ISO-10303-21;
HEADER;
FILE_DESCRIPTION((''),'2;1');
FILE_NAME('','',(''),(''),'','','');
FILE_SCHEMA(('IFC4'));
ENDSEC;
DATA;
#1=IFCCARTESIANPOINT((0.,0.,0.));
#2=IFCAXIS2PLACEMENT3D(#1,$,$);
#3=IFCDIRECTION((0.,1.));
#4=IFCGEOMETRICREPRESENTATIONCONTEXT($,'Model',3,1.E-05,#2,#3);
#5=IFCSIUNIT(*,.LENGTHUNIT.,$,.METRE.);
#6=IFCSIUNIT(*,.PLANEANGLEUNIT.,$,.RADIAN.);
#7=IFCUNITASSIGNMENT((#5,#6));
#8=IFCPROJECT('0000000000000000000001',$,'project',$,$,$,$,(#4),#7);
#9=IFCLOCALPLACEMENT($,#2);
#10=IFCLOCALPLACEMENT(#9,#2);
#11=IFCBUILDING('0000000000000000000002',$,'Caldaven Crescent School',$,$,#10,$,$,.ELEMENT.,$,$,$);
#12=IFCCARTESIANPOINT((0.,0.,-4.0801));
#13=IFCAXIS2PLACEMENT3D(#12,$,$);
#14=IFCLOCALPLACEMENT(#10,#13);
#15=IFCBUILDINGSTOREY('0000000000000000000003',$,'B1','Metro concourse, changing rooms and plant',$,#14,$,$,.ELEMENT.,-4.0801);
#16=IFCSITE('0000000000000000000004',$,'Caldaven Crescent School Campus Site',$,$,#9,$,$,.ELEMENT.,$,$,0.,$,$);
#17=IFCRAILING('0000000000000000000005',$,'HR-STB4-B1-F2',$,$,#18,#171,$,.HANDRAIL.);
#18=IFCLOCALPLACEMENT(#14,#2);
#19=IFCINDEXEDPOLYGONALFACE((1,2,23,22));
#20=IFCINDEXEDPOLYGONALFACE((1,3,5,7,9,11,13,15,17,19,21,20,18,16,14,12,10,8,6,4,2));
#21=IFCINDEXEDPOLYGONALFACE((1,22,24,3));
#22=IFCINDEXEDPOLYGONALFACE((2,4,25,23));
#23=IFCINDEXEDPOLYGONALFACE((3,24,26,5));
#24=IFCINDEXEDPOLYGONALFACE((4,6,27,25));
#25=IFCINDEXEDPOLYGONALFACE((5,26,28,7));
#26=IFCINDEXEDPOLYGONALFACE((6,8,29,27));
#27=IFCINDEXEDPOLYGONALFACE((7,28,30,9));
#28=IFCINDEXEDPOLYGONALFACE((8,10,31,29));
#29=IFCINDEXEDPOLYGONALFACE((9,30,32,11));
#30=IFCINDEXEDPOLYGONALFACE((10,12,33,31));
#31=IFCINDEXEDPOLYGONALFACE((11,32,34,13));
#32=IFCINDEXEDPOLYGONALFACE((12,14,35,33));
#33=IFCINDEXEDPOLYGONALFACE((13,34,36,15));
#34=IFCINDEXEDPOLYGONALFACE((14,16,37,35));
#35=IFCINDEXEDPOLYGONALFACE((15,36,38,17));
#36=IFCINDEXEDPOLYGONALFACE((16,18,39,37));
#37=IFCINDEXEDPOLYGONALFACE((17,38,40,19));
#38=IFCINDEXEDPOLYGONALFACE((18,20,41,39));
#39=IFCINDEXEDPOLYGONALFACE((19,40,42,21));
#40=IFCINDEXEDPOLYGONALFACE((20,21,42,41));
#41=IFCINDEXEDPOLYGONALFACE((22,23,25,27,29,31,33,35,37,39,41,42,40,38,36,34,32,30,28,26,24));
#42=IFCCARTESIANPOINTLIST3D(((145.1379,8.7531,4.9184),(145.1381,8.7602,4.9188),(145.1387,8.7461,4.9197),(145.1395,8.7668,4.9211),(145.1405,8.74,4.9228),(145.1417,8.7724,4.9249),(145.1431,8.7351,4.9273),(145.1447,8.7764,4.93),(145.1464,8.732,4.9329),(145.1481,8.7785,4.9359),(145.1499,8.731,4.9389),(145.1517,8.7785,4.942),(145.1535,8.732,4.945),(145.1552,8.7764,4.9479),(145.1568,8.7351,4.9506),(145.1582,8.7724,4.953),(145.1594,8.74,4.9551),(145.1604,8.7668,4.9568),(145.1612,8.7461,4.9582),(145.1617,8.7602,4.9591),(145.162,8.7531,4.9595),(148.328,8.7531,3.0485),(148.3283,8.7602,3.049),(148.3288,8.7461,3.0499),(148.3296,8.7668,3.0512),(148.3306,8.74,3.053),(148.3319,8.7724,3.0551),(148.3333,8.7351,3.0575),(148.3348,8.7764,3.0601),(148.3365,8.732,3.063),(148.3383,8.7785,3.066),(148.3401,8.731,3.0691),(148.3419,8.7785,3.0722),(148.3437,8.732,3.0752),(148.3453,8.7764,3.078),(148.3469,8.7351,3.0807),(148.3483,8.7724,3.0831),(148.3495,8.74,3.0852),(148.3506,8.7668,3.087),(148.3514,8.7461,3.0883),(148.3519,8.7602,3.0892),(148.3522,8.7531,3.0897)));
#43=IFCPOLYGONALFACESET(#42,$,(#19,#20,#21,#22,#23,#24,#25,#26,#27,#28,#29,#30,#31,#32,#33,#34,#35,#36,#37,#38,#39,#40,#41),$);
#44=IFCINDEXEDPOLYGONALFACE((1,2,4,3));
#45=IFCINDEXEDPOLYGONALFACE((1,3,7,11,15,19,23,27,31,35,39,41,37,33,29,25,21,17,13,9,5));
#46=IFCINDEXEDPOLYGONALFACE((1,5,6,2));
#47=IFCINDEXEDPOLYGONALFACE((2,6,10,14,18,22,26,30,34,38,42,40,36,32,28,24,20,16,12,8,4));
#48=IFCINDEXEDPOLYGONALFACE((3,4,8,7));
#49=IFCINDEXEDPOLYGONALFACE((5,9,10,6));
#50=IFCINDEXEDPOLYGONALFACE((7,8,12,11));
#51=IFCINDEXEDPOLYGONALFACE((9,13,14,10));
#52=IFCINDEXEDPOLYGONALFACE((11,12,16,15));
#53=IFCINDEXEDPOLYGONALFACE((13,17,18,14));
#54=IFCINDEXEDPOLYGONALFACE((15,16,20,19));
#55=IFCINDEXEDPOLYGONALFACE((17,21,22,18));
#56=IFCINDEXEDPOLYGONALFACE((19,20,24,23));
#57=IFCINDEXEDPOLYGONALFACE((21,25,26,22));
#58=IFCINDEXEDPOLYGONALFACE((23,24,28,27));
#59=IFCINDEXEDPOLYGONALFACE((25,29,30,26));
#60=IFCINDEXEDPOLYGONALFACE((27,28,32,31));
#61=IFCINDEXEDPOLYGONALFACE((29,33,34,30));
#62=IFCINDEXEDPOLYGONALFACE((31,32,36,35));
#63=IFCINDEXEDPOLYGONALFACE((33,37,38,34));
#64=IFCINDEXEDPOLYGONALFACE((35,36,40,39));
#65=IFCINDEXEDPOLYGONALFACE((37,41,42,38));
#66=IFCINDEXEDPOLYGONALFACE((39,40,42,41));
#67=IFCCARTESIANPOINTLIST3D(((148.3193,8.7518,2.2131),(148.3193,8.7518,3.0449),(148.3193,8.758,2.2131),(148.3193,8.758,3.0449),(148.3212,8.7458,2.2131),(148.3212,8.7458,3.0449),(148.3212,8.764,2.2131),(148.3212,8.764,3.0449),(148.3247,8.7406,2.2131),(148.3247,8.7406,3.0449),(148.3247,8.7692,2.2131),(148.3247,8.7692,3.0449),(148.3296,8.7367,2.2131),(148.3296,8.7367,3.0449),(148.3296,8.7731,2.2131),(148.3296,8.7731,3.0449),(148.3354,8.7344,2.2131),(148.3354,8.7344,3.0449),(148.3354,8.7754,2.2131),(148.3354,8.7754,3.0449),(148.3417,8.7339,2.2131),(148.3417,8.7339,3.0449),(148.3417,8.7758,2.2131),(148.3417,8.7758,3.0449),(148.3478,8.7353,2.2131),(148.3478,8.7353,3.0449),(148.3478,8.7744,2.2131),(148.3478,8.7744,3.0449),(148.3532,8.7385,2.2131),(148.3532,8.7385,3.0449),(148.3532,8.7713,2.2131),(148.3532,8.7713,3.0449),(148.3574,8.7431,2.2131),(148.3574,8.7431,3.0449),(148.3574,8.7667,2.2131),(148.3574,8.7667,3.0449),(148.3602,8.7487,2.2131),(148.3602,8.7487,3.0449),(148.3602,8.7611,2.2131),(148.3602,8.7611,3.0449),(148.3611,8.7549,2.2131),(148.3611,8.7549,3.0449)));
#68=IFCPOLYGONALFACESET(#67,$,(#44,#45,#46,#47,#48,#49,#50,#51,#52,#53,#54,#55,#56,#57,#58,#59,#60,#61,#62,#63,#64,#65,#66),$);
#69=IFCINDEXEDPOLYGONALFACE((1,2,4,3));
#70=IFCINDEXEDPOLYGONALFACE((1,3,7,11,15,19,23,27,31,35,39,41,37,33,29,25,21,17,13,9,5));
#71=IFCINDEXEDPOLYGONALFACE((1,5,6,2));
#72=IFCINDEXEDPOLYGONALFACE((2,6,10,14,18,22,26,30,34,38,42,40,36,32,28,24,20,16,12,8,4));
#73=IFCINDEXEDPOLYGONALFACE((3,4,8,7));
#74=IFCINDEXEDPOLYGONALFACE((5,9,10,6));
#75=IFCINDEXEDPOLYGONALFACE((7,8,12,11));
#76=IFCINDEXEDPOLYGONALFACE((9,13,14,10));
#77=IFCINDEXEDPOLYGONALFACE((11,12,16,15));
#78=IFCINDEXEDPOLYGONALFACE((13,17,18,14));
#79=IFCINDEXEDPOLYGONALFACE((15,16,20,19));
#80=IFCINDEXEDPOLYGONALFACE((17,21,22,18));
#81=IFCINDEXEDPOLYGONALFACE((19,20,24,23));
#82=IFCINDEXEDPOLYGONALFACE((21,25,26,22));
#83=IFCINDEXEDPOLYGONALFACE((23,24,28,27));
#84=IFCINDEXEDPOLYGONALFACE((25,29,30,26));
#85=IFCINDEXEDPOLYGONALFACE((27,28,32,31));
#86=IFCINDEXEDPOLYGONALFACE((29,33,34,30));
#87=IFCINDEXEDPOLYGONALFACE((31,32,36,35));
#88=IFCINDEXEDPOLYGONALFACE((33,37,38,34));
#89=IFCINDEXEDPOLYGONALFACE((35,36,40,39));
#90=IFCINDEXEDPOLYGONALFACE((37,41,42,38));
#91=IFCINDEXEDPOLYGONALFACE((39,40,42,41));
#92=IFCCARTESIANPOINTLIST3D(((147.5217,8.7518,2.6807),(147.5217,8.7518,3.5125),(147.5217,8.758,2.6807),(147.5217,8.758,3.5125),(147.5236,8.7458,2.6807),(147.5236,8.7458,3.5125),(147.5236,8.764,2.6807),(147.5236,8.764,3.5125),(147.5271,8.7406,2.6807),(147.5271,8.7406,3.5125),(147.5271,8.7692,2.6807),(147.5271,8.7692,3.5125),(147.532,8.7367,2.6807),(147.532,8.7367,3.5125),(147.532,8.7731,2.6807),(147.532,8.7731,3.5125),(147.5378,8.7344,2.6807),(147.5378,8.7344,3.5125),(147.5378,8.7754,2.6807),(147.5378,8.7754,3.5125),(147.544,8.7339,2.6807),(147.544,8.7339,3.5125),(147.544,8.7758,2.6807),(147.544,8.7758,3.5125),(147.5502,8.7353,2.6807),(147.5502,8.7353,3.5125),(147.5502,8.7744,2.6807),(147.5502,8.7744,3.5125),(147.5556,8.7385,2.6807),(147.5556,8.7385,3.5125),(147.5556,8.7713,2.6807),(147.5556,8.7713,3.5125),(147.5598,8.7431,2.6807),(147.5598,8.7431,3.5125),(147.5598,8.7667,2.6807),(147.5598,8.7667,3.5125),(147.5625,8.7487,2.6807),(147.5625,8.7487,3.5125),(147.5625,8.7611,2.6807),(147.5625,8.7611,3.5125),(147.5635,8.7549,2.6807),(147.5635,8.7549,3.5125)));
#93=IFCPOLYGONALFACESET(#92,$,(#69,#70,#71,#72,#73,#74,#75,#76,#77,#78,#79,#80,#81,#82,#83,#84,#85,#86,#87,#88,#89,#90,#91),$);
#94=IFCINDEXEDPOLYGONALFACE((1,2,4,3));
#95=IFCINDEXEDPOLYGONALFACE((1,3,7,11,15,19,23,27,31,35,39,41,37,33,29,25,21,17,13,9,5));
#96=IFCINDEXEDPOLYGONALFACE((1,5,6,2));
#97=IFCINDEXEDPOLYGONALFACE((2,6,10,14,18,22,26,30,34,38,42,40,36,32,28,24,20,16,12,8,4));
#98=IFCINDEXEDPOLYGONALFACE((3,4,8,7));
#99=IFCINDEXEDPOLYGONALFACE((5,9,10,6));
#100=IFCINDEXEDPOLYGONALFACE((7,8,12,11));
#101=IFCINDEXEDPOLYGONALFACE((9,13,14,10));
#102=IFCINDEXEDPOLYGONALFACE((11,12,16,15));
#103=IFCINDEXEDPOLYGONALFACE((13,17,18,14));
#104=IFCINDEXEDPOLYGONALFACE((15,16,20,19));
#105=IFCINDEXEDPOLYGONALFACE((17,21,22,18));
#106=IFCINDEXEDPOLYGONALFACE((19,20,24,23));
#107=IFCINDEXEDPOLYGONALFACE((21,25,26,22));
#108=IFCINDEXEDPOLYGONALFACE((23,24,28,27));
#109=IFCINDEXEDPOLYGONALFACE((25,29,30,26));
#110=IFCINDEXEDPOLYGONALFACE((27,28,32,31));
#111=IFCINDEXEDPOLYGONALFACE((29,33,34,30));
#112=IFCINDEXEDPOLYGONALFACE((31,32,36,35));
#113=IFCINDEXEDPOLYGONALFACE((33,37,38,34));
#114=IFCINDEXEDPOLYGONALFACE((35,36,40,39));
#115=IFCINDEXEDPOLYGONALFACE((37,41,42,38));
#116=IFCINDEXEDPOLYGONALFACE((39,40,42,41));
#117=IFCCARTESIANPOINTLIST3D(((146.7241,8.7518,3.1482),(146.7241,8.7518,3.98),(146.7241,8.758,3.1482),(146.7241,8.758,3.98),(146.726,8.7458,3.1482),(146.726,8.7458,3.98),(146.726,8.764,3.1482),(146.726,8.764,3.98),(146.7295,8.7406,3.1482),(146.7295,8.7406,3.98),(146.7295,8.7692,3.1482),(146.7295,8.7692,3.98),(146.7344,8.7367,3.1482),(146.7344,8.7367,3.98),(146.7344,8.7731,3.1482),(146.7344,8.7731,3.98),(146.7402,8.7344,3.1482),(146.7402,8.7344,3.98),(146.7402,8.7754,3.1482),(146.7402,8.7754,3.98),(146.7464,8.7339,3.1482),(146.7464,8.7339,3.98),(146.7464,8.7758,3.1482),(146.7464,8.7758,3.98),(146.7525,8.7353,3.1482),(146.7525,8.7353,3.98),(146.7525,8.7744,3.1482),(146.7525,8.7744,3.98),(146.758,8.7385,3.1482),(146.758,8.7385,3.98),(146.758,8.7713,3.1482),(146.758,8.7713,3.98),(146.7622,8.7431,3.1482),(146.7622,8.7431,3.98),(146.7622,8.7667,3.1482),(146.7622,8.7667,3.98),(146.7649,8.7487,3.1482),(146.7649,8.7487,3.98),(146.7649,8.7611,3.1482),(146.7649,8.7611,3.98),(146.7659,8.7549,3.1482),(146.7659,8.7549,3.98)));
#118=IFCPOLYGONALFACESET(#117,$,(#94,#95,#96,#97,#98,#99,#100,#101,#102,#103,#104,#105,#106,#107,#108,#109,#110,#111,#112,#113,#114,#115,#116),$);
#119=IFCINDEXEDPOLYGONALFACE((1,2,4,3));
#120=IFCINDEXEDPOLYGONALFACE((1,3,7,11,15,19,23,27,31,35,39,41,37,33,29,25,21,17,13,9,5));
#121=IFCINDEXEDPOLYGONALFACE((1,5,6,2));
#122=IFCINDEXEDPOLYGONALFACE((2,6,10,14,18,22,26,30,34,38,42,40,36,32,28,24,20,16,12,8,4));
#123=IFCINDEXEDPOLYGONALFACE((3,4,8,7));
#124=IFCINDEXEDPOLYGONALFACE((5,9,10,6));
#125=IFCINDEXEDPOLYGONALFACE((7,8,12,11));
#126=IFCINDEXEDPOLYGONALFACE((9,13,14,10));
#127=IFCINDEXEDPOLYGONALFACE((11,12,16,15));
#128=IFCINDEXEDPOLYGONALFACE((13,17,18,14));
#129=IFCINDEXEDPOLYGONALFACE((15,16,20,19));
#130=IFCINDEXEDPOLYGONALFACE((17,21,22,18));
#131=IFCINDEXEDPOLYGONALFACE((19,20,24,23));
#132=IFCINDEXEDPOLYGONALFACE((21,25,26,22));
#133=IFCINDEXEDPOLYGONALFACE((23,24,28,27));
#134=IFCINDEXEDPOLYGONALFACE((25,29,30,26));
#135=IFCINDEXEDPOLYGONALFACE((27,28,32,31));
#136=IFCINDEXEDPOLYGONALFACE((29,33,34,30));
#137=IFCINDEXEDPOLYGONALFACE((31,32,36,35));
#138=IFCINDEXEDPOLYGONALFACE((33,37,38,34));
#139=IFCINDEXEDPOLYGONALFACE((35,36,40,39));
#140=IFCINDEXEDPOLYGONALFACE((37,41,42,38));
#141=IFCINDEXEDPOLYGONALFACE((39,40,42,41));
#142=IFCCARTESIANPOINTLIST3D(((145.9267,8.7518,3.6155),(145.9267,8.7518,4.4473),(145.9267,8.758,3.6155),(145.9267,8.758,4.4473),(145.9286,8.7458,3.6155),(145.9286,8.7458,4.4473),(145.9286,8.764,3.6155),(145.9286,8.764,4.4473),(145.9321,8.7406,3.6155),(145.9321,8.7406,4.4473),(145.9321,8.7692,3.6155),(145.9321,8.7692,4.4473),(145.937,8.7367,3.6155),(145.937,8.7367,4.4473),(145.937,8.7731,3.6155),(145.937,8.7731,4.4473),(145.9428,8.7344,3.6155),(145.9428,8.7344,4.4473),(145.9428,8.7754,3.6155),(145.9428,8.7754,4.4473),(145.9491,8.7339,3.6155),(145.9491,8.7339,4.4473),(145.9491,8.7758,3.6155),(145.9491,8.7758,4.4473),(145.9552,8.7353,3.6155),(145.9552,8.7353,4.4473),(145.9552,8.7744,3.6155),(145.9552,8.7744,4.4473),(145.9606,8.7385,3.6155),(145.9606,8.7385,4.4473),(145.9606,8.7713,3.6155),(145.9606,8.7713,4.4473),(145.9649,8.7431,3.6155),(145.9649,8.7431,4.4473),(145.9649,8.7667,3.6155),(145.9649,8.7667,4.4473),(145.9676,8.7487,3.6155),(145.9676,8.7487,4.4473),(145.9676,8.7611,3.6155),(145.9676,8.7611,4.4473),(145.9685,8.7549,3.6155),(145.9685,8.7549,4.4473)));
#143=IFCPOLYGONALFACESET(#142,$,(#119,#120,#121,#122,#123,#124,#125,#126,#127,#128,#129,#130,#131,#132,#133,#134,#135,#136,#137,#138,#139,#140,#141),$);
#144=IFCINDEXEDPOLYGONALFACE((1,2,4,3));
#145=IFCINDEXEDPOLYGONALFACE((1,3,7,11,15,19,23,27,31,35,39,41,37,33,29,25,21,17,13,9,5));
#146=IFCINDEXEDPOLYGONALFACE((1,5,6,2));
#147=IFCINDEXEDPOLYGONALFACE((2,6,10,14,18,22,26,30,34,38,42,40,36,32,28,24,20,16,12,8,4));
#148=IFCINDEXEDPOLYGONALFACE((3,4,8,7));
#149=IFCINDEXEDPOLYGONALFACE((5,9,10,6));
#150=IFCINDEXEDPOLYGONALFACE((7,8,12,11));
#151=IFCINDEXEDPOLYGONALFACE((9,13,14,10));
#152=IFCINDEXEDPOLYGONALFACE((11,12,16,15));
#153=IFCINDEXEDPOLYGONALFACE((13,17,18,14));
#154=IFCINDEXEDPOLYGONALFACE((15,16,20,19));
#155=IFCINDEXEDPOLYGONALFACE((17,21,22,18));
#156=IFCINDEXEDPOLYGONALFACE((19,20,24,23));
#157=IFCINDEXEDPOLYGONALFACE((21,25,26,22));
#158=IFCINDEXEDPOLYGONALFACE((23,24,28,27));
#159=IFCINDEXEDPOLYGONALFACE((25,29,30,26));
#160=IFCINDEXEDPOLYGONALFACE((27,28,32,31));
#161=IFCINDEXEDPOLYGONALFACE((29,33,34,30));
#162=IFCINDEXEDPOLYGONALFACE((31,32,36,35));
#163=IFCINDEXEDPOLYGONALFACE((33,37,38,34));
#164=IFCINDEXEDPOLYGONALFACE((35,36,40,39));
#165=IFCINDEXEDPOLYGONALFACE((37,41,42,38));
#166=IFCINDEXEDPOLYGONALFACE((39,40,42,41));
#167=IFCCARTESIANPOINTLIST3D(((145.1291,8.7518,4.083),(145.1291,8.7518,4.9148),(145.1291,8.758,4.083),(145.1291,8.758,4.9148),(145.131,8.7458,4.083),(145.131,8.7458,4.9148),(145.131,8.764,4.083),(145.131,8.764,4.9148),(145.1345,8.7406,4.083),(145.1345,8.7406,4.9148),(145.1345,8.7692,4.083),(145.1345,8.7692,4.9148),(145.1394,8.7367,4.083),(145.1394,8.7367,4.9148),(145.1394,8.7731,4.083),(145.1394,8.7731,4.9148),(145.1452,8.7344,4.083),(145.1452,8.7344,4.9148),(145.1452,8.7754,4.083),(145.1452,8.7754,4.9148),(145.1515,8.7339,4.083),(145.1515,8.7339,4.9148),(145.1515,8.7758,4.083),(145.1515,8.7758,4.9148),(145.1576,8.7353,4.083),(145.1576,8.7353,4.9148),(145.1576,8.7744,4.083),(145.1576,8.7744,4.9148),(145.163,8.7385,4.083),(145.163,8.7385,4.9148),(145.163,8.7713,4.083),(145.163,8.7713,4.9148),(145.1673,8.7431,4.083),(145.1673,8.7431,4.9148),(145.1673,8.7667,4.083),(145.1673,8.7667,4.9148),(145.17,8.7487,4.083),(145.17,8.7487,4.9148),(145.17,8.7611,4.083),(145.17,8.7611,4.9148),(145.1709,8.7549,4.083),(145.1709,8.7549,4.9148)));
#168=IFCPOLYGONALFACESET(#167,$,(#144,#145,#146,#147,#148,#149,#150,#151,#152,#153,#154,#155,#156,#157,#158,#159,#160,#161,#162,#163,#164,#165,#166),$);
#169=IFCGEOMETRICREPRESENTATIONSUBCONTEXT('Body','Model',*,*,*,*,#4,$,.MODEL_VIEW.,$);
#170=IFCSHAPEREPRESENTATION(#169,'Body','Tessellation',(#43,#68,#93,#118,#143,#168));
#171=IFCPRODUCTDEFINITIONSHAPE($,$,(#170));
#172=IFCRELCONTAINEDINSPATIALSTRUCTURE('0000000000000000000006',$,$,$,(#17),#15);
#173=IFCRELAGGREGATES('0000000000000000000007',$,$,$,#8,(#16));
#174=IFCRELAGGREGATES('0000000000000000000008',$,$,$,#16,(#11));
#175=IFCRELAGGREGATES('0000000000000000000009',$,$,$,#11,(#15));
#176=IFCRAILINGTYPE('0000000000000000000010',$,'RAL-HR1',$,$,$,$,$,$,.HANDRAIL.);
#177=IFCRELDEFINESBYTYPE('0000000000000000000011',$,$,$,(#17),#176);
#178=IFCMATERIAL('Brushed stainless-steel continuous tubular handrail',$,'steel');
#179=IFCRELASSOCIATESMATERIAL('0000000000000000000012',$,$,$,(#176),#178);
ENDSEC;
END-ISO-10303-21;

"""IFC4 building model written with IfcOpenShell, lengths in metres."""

from ifc_helpers import new_model, si_unit, direction, frame, origin, origin_2d, place, context, subcontext, project, spatial, circle, extrude, material, type_object, element, save


model = new_model("IFC4")

# Units and contexts
model_context = context("Model", 3, precision=1e-05, world=origin(), true_north=direction((0.0, 1.0)))
body_context = subcontext(model_context, "Body", "Model", "MODEL_VIEW")
ifc_project = project(units=[si_unit("LENGTHUNIT", "METRE"), si_unit("PLANEANGLEUNIT", "RADIAN")], contexts=[model_context])

# Site, building, storey
site_placement = place(None, origin())
site = spatial("IfcSite", under=ifc_project, at=site_placement, Name="Caldaven Crescent School Campus Site", CompositionType="ELEMENT", RefElevation=0.0)
building_placement = place(site_placement, origin())
building = spatial("IfcBuilding", under=site, at=building_placement, Name="Caldaven Crescent School", CompositionType="ELEMENT")
storey_placement = place(building_placement, frame((0.0, 0.0, -4.0801)))
storey = spatial("IfcBuildingStorey", under=building, at=storey_placement, Name="B1", Description="Metro concourse, changing rooms and plant", CompositionType="ELEMENT", Elevation=-4.0801)

# Railing
ifc_material_1 = material(Name="Brushed stainless-steel continuous tubular handrail", Category="steel")
railing_type_1 = type_object("IfcRailingType", Name="RAL-HR1", PredefinedType="HANDRAIL", material=ifc_material_1)
railing_1_placement = place(storey_placement, frame((148.3401, 8.7549, 2.2131)))
element("IfcRailing", 1, at=railing_1_placement, inside=storey, type_object=railing_type_1, Name="HR-STB4-B1-F2", PredefinedType="HANDRAIL", context=body_context, shape_type="SweptSolid", body=[
    extrude(circle(Radius=0.0239, at=origin_2d()), frame((0.0, 0.0, 0.856), z_axis=(-0.862726, 0.0, 0.505672), x_axis=(0.0, -1.0, 0.0)), (0.0, 0.0, 1.0), 3.6978),
    extrude(circle(Radius=0.021, at=origin_2d()), origin(), (0.0, 0.0, 1.0), 0.8318),
    extrude(circle(Radius=0.021, at=origin_2d()), frame((-0.7976, 0.0, 0.4675)), (0.0, 0.0, 1.0), 0.8318),
    extrude(circle(Radius=0.021, at=origin_2d()), frame((-1.5952, 0.0, 0.9351)), (0.0, 0.0, 1.0), 0.8318),
    extrude(circle(Radius=0.021, at=origin_2d()), frame((-2.3926, 0.0, 1.4023)), (0.0, 0.0, 1.0), 0.8318),
    extrude(circle(Radius=0.021, at=origin_2d()), frame((-3.1902, 0.0, 1.8699)), (0.0, 0.0, 1.0), 0.8318),
])

save(model, "model.ifc")
